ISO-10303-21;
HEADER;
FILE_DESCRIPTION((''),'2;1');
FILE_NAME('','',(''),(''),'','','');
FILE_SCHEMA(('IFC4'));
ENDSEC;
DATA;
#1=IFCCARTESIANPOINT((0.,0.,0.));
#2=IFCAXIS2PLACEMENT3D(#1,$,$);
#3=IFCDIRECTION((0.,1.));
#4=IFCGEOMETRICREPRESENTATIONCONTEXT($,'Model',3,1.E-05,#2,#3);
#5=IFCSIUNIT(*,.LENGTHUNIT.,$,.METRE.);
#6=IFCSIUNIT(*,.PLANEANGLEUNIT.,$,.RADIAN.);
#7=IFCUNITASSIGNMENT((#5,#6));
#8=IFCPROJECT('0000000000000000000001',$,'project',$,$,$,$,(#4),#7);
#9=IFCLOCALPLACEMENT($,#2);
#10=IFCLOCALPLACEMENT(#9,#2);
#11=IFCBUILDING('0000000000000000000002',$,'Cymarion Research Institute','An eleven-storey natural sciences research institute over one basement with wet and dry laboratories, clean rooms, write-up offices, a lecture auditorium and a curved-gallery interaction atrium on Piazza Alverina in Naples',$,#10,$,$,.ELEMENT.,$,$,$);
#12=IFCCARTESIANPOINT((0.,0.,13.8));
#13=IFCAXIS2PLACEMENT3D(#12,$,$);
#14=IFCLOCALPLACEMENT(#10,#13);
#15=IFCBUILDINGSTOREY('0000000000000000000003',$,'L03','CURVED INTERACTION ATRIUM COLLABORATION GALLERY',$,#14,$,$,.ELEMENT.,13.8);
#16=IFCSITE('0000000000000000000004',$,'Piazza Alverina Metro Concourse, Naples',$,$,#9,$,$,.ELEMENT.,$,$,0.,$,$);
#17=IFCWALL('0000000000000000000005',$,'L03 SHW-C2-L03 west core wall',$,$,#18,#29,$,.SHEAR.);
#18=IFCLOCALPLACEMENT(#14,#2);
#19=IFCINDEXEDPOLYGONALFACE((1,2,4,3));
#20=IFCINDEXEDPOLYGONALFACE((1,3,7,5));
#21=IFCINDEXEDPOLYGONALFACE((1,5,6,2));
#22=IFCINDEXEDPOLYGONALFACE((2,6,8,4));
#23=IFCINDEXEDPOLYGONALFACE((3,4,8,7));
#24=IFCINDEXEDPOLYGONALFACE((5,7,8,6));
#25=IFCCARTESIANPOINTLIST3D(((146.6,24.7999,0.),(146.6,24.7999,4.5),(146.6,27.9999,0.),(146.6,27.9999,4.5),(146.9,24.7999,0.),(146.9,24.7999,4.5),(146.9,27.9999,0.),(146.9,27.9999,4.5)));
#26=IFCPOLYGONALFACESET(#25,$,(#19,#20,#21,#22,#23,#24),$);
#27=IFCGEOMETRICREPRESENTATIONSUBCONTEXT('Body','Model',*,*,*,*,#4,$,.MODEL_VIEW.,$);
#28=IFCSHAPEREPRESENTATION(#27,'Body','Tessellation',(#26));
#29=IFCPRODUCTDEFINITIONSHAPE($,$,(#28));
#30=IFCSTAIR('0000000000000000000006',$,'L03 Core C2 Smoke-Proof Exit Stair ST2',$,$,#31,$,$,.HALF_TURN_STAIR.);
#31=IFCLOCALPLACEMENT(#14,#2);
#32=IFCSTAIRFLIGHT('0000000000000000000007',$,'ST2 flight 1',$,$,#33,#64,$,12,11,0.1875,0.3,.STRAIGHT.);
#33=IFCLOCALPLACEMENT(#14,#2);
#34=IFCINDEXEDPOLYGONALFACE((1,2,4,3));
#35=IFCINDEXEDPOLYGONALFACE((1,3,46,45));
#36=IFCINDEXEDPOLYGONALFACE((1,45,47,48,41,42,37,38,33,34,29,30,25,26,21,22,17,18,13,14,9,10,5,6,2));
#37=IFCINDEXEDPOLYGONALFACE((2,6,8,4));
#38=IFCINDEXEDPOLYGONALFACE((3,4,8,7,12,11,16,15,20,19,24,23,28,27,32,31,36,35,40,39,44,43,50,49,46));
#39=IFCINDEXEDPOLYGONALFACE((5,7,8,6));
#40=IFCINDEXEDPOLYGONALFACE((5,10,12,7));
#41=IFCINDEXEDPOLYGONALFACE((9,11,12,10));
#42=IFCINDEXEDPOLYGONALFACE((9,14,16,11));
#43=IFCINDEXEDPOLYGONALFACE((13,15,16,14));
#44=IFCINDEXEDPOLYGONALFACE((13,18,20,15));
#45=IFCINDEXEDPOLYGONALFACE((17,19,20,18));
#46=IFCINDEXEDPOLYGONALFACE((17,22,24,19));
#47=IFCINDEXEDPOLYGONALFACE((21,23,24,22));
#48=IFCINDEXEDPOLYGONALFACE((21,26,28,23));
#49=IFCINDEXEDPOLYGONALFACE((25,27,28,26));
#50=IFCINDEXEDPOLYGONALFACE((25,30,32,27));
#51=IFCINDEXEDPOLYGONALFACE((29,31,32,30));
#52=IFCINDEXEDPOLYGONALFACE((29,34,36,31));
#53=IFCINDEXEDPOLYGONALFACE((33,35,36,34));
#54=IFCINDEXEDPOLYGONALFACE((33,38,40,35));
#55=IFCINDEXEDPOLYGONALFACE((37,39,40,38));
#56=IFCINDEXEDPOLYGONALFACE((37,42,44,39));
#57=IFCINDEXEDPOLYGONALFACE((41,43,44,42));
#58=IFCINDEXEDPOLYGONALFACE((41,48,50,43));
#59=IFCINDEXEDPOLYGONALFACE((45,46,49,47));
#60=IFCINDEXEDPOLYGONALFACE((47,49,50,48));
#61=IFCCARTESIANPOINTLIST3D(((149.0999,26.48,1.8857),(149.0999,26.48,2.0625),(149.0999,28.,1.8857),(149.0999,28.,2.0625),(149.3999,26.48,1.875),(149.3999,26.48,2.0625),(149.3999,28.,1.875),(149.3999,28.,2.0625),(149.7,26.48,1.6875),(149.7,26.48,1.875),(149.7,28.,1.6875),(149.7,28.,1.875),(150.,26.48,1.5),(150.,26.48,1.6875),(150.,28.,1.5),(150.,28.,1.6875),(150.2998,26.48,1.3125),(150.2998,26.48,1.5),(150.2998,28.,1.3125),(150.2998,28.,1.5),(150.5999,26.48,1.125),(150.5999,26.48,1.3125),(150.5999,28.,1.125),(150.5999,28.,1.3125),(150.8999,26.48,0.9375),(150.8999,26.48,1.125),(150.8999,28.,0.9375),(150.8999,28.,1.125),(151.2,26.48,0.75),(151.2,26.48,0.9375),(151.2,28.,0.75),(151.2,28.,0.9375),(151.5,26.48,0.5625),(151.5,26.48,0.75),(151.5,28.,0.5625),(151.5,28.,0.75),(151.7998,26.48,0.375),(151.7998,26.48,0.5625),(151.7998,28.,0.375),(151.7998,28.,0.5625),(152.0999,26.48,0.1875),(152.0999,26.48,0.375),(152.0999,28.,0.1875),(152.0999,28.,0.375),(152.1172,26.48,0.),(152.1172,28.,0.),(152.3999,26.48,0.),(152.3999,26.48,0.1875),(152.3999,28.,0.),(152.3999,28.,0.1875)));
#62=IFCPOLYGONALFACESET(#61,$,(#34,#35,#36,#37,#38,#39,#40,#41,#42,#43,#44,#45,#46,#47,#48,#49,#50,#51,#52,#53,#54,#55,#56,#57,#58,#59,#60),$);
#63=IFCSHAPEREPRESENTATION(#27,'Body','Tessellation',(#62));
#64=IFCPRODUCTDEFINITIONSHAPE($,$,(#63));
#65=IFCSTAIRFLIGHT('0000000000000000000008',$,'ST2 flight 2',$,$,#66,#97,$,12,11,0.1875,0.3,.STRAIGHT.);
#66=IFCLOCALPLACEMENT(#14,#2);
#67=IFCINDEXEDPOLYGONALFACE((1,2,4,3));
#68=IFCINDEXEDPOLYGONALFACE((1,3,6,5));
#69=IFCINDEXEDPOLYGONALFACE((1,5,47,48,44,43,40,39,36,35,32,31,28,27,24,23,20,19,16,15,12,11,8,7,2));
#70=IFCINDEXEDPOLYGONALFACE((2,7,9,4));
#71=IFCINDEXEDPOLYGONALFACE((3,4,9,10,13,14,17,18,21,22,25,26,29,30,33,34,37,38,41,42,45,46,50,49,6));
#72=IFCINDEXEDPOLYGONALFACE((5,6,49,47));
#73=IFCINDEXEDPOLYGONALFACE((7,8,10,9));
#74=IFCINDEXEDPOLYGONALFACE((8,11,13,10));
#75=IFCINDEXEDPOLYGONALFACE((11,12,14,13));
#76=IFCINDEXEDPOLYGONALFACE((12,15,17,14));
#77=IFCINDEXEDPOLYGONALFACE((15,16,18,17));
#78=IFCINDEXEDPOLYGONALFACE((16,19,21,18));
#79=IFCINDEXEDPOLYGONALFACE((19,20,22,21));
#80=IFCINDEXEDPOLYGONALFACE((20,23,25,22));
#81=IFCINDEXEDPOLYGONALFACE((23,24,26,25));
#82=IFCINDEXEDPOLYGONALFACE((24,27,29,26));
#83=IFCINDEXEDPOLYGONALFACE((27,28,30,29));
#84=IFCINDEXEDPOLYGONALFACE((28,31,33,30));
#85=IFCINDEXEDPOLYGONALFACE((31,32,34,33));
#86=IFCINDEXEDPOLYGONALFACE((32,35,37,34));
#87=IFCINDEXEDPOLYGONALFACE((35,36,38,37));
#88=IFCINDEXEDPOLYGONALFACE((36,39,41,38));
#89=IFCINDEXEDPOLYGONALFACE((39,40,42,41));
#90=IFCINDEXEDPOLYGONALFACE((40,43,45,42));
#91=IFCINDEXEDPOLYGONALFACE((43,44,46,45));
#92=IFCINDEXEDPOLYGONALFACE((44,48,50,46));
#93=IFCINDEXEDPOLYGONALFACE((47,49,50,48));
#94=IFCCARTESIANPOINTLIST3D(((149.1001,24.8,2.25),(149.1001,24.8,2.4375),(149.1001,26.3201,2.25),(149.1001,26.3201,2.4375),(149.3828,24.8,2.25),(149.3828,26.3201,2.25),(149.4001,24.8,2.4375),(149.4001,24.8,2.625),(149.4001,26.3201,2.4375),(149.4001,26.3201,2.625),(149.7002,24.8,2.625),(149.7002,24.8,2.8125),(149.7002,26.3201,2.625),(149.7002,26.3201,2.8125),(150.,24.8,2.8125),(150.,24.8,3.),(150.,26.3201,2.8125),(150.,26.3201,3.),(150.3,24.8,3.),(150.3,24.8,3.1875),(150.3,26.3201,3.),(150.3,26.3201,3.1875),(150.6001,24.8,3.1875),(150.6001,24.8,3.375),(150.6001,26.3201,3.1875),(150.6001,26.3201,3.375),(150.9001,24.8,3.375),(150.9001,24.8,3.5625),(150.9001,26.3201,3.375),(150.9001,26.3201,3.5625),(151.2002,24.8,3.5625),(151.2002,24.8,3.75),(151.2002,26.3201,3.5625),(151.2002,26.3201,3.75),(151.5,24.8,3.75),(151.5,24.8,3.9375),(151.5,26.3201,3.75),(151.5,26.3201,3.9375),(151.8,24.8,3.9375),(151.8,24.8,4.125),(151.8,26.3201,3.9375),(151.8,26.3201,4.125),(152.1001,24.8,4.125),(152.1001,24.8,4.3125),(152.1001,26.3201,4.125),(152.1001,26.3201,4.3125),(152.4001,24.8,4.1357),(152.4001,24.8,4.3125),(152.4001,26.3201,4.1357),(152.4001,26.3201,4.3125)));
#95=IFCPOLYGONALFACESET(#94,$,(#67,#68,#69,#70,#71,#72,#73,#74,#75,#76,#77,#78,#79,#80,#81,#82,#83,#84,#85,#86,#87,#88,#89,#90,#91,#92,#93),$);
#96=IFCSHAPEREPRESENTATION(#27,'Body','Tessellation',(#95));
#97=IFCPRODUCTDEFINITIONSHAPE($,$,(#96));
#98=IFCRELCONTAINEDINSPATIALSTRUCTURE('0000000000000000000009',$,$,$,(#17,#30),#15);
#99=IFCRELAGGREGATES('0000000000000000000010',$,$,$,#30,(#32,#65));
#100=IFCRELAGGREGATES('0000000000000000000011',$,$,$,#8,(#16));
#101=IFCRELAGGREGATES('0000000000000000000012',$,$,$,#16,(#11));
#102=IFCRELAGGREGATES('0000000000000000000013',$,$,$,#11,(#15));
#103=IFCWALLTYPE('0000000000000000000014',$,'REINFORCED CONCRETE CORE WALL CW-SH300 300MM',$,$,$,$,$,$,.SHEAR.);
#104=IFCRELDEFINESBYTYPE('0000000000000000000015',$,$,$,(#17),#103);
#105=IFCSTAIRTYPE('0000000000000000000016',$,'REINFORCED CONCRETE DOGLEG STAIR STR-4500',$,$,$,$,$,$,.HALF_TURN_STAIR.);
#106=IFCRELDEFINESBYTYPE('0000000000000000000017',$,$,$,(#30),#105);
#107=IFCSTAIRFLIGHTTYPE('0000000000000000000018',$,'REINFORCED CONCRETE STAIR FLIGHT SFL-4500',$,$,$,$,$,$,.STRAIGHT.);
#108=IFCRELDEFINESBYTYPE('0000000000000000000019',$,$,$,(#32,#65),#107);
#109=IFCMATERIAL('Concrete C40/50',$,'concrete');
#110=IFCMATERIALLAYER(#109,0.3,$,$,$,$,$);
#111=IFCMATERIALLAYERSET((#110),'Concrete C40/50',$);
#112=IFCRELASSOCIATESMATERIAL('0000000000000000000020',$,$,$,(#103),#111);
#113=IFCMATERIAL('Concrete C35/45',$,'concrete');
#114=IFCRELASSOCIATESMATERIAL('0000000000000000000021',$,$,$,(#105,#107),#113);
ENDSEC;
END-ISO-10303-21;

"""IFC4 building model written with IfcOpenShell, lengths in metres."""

from ifc_helpers import new_model, si_unit, direction, frame, frame_2d, origin, place, context, subcontext, project, spatial, polyline, rectangle, outline, extrude, material, layer, layer_set, type_object, element, aggregate, save


model = new_model("IFC4")

# Units and contexts
model_context = context("Model", 3, precision=1e-05, world=origin(), true_north=direction((0.0, 1.0)))
body_context = subcontext(model_context, "Body", "Model", "MODEL_VIEW")
ifc_project = project(units=[si_unit("LENGTHUNIT", "METRE"), si_unit("PLANEANGLEUNIT", "RADIAN")], contexts=[model_context])

# Site, building, storey
site_placement = place(None, origin())
site = spatial("IfcSite", under=ifc_project, at=site_placement, Name="Piazza Alverina Metro Concourse, Naples", CompositionType="ELEMENT", RefElevation=0.0)
building_placement = place(site_placement, origin())
building = spatial("IfcBuilding", under=site, at=building_placement, Name="Cymarion Research Institute", Description="An eleven-storey natural sciences research institute over one basement with wet and dry laboratories, clean rooms, write-up offices, a lecture auditorium and a curved-gallery interaction atrium on Piazza Alverina in Naples", CompositionType="ELEMENT")
storey_placement = place(building_placement, frame((0.0, 0.0, 13.8)))
storey = spatial("IfcBuildingStorey", under=building, at=storey_placement, Name="L03", Description="CURVED INTERACTION ATRIUM COLLABORATION GALLERY", CompositionType="ELEMENT", Elevation=13.8)

# Shared definitions
ifc_material_1 = material(Name="Concrete C40/50", Category="concrete")

# Wall
ifc_layer_1 = layer(ifc_material_1, 0.3)
ifc_layer_set_1 = layer_set([ifc_layer_1], Name="Concrete C40/50")
wall_type_1 = type_object("IfcWallType", Name="REINFORCED CONCRETE CORE WALL CW-SH300 300MM", PredefinedType="SHEAR", material=ifc_layer_set_1)
wall_1_placement = place(storey_placement, frame((146.75, 28.0, 0.0), z_axis=(0.0, 0.0, 1.0), x_axis=(0.0, -1.0, 0.0)))
element("IfcWall", 1, at=wall_1_placement, inside=storey, type_object=wall_type_1, Name="L03 SHW-C2-L03 west core wall", PredefinedType="SHEAR", context=body_context, shape_type="SweptSolid", body=[
    extrude(rectangle(XDim=3.2, YDim=0.3, at=frame_2d((1.6001, 0.0))), origin(), (0.0, 0.0, 1.0), 4.5),
])

# Stair, stair flights
ifc_material_2 = material(Name="Concrete C35/45", Category="concrete")
stair_type = type_object("IfcStairType", Name="REINFORCED CONCRETE DOGLEG STAIR STR-4500", PredefinedType="HALF_TURN_STAIR", material=ifc_material_2)
stair_placement = place(storey_placement, origin())
stair = element("IfcStair", 2, at=stair_placement, inside=storey, type_object=stair_type, Name="L03 Core C2 Smoke-Proof Exit Stair ST2", PredefinedType="HALF_TURN_STAIR")
stair_flight_type = type_object("IfcStairFlightType", Name="REINFORCED CONCRETE STAIR FLIGHT SFL-4500", PredefinedType="STRAIGHT", material=ifc_material_2)
stair_flight_1_placement = place(storey_placement, frame((152.3999, 27.24, 0.0), z_axis=(0.0, 0.0, 1.0), x_axis=(-1.0, 0.0, 0.0)))
stair_flight_1 = element("IfcStairFlight", 3, at=stair_flight_1_placement, type_object=stair_flight_type, Name="ST2 flight 1", NumberOfRisers=12, NumberOfTreads=11, PredefinedType="STRAIGHT", RiserHeight=0.1875, TreadLength=0.3, context=body_context, shape_type="SweptSolid", body=[
    extrude(outline(polyline([(0.0, 0.0), (0.0, 0.1875), (0.3, 0.1875), (0.3, 0.375), (0.6001, 0.375), (0.6001, 0.5625), (0.8999, 0.5625), (0.8999, 0.75), (1.2, 0.75), (1.2, 0.9375), (1.5, 0.9375), (1.5, 1.125), (1.8, 1.125), (1.8, 1.3125), (2.1001, 1.3125), (2.1001, 1.5), (2.3999, 1.5), (2.3999, 1.6875), (2.7, 1.6875), (2.7, 1.875), (3.0, 1.875), (3.0, 2.0625), (3.3, 2.0625), (3.3, 2.25), (3.3, 1.8857), (0.2827, 0.0), (0.0, 0.0)])), frame((0.0, 0.76, 0.0), z_axis=(0.0, -1.0, 0.0), x_axis=(1.0, 0.0, 0.0)), (0.0, 0.0, 1.0), 1.52),
])
stair_flight_2_placement = place(storey_placement, frame((149.1001, 25.5601, 2.25), z_axis=(0.0, 0.0, 1.0), x_axis=(1.0, 0.0, 0.0)))
stair_flight_2 = element("IfcStairFlight", 4, at=stair_flight_2_placement, type_object=stair_flight_type, Name="ST2 flight 2", NumberOfRisers=12, NumberOfTreads=11, PredefinedType="STRAIGHT", RiserHeight=0.1875, TreadLength=0.3, context=body_context, shape_type="SweptSolid", body=[
    extrude(outline(polyline([(0.0, 0.0), (0.0, 0.1875), (0.3, 0.1875), (0.3, 0.375), (0.6001, 0.375), (0.6001, 0.5625), (0.8999, 0.5625), (0.8999, 0.75), (1.2, 0.75), (1.2, 0.9375), (1.5, 0.9375), (1.5, 1.125), (1.8, 1.125), (1.8, 1.3125), (2.1001, 1.3125), (2.1001, 1.5), (2.3999, 1.5), (2.3999, 1.6875), (2.7, 1.6875), (2.7, 1.875), (3.0, 1.875), (3.0, 2.0625), (3.3, 2.0625), (3.3, 2.25), (3.3, 1.8857), (0.2827, 0.0), (0.0, 0.0)])), frame((0.0, 0.76, 0.0), z_axis=(0.0, -1.0, 0.0), x_axis=(1.0, 0.0, 0.0)), (0.0, 0.0, 1.0), 1.52),
])
aggregate(stair, [stair_flight_1, stair_flight_2])

save(model, "model.ifc")
